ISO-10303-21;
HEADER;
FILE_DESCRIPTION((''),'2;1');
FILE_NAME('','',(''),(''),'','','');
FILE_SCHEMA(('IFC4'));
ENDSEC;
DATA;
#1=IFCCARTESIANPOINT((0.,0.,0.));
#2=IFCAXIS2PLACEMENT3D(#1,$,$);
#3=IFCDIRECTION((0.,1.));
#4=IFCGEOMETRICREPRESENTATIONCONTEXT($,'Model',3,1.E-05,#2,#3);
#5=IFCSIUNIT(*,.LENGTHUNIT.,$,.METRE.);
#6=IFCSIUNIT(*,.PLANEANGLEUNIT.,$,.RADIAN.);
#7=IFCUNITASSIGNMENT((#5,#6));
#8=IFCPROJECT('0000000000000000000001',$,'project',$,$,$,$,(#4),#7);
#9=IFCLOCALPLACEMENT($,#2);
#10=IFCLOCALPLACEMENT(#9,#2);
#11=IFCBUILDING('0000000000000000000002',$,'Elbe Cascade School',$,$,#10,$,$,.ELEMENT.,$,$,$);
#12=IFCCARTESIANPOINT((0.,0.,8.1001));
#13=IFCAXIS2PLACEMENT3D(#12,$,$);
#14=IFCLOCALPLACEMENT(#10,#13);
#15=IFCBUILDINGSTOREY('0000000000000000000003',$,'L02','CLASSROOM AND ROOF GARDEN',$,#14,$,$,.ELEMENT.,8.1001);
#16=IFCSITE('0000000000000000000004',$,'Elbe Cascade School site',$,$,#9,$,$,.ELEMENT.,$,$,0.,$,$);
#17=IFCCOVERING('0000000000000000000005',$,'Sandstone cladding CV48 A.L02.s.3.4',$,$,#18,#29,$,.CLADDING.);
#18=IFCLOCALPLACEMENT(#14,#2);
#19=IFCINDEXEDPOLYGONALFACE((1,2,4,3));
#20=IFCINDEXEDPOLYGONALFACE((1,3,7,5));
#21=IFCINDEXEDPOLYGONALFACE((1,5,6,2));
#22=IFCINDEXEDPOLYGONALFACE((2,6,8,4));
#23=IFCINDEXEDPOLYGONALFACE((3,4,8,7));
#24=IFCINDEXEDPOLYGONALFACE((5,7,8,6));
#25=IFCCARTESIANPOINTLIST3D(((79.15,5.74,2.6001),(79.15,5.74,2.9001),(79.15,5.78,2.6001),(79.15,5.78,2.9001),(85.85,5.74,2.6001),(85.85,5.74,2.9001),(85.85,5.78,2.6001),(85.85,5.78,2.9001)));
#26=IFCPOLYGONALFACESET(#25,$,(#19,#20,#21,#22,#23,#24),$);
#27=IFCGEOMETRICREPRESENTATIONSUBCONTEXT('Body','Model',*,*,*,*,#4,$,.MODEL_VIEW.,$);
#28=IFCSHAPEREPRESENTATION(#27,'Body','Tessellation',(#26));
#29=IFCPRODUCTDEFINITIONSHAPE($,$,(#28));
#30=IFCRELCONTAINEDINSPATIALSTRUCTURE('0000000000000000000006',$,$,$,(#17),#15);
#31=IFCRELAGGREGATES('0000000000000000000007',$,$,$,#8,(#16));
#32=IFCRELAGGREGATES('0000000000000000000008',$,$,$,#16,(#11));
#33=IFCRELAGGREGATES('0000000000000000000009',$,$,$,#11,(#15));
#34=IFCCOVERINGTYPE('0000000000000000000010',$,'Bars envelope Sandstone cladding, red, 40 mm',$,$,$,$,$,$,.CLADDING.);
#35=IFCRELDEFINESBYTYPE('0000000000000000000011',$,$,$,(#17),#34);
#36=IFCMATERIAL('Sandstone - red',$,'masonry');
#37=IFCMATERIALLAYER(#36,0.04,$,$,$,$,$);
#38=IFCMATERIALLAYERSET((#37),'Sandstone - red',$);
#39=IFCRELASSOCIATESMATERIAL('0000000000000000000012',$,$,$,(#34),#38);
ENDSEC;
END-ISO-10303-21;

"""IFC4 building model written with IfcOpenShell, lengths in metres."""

from ifc_helpers import new_model, si_unit, direction, frame, origin, origin_2d, place, context, subcontext, project, spatial, rectangle, extrude, material, layer, layer_set, type_object, element, save


model = new_model("IFC4")

# Units and contexts
model_context = context("Model", 3, precision=1e-05, world=origin(), true_north=direction((0.0, 1.0)))
body_context = subcontext(model_context, "Body", "Model", "MODEL_VIEW")
ifc_project = project(units=[si_unit("LENGTHUNIT", "METRE"), si_unit("PLANEANGLEUNIT", "RADIAN")], contexts=[model_context])

# Site, building, storey
site_placement = place(None, origin())
site = spatial("IfcSite", under=ifc_project, at=site_placement, Name="Elbe Cascade School site", CompositionType="ELEMENT", RefElevation=0.0)
building_placement = place(site_placement, origin())
building = spatial("IfcBuilding", under=site, at=building_placement, Name="Elbe Cascade School", CompositionType="ELEMENT")
storey_placement = place(building_placement, frame((0.0, 0.0, 8.1001)))
storey = spatial("IfcBuildingStorey", under=building, at=storey_placement, Name="L02", Description="CLASSROOM AND ROOF GARDEN", CompositionType="ELEMENT", Elevation=8.1001)

# Covering
ifc_material_1 = material(Name="Sandstone - red", Category="masonry")
ifc_layer_1 = layer(ifc_material_1, 0.04)
ifc_layer_set_1 = layer_set([ifc_layer_1], Name="Sandstone - red")
covering_type_1 = type_object("IfcCoveringType", Name="Bars envelope Sandstone cladding, red, 40 mm", PredefinedType="CLADDING", material=ifc_layer_set_1)
covering_1_placement = place(storey_placement, frame((82.5, 5.76, 2.6001), z_axis=(0.0, 0.0, 1.0), x_axis=(1.0, 0.0, 0.0)))
element("IfcCovering", 1, at=covering_1_placement, inside=storey, type_object=covering_type_1, Name="Sandstone cladding CV48 A.L02.s.3.4", PredefinedType="CLADDING", context=body_context, shape_type="SweptSolid", body=[
    extrude(rectangle(XDim=6.7, YDim=0.04, at=origin_2d()), origin(), (0.0, 0.0, 1.0), 0.3),
])

save(model, "model.ifc")
